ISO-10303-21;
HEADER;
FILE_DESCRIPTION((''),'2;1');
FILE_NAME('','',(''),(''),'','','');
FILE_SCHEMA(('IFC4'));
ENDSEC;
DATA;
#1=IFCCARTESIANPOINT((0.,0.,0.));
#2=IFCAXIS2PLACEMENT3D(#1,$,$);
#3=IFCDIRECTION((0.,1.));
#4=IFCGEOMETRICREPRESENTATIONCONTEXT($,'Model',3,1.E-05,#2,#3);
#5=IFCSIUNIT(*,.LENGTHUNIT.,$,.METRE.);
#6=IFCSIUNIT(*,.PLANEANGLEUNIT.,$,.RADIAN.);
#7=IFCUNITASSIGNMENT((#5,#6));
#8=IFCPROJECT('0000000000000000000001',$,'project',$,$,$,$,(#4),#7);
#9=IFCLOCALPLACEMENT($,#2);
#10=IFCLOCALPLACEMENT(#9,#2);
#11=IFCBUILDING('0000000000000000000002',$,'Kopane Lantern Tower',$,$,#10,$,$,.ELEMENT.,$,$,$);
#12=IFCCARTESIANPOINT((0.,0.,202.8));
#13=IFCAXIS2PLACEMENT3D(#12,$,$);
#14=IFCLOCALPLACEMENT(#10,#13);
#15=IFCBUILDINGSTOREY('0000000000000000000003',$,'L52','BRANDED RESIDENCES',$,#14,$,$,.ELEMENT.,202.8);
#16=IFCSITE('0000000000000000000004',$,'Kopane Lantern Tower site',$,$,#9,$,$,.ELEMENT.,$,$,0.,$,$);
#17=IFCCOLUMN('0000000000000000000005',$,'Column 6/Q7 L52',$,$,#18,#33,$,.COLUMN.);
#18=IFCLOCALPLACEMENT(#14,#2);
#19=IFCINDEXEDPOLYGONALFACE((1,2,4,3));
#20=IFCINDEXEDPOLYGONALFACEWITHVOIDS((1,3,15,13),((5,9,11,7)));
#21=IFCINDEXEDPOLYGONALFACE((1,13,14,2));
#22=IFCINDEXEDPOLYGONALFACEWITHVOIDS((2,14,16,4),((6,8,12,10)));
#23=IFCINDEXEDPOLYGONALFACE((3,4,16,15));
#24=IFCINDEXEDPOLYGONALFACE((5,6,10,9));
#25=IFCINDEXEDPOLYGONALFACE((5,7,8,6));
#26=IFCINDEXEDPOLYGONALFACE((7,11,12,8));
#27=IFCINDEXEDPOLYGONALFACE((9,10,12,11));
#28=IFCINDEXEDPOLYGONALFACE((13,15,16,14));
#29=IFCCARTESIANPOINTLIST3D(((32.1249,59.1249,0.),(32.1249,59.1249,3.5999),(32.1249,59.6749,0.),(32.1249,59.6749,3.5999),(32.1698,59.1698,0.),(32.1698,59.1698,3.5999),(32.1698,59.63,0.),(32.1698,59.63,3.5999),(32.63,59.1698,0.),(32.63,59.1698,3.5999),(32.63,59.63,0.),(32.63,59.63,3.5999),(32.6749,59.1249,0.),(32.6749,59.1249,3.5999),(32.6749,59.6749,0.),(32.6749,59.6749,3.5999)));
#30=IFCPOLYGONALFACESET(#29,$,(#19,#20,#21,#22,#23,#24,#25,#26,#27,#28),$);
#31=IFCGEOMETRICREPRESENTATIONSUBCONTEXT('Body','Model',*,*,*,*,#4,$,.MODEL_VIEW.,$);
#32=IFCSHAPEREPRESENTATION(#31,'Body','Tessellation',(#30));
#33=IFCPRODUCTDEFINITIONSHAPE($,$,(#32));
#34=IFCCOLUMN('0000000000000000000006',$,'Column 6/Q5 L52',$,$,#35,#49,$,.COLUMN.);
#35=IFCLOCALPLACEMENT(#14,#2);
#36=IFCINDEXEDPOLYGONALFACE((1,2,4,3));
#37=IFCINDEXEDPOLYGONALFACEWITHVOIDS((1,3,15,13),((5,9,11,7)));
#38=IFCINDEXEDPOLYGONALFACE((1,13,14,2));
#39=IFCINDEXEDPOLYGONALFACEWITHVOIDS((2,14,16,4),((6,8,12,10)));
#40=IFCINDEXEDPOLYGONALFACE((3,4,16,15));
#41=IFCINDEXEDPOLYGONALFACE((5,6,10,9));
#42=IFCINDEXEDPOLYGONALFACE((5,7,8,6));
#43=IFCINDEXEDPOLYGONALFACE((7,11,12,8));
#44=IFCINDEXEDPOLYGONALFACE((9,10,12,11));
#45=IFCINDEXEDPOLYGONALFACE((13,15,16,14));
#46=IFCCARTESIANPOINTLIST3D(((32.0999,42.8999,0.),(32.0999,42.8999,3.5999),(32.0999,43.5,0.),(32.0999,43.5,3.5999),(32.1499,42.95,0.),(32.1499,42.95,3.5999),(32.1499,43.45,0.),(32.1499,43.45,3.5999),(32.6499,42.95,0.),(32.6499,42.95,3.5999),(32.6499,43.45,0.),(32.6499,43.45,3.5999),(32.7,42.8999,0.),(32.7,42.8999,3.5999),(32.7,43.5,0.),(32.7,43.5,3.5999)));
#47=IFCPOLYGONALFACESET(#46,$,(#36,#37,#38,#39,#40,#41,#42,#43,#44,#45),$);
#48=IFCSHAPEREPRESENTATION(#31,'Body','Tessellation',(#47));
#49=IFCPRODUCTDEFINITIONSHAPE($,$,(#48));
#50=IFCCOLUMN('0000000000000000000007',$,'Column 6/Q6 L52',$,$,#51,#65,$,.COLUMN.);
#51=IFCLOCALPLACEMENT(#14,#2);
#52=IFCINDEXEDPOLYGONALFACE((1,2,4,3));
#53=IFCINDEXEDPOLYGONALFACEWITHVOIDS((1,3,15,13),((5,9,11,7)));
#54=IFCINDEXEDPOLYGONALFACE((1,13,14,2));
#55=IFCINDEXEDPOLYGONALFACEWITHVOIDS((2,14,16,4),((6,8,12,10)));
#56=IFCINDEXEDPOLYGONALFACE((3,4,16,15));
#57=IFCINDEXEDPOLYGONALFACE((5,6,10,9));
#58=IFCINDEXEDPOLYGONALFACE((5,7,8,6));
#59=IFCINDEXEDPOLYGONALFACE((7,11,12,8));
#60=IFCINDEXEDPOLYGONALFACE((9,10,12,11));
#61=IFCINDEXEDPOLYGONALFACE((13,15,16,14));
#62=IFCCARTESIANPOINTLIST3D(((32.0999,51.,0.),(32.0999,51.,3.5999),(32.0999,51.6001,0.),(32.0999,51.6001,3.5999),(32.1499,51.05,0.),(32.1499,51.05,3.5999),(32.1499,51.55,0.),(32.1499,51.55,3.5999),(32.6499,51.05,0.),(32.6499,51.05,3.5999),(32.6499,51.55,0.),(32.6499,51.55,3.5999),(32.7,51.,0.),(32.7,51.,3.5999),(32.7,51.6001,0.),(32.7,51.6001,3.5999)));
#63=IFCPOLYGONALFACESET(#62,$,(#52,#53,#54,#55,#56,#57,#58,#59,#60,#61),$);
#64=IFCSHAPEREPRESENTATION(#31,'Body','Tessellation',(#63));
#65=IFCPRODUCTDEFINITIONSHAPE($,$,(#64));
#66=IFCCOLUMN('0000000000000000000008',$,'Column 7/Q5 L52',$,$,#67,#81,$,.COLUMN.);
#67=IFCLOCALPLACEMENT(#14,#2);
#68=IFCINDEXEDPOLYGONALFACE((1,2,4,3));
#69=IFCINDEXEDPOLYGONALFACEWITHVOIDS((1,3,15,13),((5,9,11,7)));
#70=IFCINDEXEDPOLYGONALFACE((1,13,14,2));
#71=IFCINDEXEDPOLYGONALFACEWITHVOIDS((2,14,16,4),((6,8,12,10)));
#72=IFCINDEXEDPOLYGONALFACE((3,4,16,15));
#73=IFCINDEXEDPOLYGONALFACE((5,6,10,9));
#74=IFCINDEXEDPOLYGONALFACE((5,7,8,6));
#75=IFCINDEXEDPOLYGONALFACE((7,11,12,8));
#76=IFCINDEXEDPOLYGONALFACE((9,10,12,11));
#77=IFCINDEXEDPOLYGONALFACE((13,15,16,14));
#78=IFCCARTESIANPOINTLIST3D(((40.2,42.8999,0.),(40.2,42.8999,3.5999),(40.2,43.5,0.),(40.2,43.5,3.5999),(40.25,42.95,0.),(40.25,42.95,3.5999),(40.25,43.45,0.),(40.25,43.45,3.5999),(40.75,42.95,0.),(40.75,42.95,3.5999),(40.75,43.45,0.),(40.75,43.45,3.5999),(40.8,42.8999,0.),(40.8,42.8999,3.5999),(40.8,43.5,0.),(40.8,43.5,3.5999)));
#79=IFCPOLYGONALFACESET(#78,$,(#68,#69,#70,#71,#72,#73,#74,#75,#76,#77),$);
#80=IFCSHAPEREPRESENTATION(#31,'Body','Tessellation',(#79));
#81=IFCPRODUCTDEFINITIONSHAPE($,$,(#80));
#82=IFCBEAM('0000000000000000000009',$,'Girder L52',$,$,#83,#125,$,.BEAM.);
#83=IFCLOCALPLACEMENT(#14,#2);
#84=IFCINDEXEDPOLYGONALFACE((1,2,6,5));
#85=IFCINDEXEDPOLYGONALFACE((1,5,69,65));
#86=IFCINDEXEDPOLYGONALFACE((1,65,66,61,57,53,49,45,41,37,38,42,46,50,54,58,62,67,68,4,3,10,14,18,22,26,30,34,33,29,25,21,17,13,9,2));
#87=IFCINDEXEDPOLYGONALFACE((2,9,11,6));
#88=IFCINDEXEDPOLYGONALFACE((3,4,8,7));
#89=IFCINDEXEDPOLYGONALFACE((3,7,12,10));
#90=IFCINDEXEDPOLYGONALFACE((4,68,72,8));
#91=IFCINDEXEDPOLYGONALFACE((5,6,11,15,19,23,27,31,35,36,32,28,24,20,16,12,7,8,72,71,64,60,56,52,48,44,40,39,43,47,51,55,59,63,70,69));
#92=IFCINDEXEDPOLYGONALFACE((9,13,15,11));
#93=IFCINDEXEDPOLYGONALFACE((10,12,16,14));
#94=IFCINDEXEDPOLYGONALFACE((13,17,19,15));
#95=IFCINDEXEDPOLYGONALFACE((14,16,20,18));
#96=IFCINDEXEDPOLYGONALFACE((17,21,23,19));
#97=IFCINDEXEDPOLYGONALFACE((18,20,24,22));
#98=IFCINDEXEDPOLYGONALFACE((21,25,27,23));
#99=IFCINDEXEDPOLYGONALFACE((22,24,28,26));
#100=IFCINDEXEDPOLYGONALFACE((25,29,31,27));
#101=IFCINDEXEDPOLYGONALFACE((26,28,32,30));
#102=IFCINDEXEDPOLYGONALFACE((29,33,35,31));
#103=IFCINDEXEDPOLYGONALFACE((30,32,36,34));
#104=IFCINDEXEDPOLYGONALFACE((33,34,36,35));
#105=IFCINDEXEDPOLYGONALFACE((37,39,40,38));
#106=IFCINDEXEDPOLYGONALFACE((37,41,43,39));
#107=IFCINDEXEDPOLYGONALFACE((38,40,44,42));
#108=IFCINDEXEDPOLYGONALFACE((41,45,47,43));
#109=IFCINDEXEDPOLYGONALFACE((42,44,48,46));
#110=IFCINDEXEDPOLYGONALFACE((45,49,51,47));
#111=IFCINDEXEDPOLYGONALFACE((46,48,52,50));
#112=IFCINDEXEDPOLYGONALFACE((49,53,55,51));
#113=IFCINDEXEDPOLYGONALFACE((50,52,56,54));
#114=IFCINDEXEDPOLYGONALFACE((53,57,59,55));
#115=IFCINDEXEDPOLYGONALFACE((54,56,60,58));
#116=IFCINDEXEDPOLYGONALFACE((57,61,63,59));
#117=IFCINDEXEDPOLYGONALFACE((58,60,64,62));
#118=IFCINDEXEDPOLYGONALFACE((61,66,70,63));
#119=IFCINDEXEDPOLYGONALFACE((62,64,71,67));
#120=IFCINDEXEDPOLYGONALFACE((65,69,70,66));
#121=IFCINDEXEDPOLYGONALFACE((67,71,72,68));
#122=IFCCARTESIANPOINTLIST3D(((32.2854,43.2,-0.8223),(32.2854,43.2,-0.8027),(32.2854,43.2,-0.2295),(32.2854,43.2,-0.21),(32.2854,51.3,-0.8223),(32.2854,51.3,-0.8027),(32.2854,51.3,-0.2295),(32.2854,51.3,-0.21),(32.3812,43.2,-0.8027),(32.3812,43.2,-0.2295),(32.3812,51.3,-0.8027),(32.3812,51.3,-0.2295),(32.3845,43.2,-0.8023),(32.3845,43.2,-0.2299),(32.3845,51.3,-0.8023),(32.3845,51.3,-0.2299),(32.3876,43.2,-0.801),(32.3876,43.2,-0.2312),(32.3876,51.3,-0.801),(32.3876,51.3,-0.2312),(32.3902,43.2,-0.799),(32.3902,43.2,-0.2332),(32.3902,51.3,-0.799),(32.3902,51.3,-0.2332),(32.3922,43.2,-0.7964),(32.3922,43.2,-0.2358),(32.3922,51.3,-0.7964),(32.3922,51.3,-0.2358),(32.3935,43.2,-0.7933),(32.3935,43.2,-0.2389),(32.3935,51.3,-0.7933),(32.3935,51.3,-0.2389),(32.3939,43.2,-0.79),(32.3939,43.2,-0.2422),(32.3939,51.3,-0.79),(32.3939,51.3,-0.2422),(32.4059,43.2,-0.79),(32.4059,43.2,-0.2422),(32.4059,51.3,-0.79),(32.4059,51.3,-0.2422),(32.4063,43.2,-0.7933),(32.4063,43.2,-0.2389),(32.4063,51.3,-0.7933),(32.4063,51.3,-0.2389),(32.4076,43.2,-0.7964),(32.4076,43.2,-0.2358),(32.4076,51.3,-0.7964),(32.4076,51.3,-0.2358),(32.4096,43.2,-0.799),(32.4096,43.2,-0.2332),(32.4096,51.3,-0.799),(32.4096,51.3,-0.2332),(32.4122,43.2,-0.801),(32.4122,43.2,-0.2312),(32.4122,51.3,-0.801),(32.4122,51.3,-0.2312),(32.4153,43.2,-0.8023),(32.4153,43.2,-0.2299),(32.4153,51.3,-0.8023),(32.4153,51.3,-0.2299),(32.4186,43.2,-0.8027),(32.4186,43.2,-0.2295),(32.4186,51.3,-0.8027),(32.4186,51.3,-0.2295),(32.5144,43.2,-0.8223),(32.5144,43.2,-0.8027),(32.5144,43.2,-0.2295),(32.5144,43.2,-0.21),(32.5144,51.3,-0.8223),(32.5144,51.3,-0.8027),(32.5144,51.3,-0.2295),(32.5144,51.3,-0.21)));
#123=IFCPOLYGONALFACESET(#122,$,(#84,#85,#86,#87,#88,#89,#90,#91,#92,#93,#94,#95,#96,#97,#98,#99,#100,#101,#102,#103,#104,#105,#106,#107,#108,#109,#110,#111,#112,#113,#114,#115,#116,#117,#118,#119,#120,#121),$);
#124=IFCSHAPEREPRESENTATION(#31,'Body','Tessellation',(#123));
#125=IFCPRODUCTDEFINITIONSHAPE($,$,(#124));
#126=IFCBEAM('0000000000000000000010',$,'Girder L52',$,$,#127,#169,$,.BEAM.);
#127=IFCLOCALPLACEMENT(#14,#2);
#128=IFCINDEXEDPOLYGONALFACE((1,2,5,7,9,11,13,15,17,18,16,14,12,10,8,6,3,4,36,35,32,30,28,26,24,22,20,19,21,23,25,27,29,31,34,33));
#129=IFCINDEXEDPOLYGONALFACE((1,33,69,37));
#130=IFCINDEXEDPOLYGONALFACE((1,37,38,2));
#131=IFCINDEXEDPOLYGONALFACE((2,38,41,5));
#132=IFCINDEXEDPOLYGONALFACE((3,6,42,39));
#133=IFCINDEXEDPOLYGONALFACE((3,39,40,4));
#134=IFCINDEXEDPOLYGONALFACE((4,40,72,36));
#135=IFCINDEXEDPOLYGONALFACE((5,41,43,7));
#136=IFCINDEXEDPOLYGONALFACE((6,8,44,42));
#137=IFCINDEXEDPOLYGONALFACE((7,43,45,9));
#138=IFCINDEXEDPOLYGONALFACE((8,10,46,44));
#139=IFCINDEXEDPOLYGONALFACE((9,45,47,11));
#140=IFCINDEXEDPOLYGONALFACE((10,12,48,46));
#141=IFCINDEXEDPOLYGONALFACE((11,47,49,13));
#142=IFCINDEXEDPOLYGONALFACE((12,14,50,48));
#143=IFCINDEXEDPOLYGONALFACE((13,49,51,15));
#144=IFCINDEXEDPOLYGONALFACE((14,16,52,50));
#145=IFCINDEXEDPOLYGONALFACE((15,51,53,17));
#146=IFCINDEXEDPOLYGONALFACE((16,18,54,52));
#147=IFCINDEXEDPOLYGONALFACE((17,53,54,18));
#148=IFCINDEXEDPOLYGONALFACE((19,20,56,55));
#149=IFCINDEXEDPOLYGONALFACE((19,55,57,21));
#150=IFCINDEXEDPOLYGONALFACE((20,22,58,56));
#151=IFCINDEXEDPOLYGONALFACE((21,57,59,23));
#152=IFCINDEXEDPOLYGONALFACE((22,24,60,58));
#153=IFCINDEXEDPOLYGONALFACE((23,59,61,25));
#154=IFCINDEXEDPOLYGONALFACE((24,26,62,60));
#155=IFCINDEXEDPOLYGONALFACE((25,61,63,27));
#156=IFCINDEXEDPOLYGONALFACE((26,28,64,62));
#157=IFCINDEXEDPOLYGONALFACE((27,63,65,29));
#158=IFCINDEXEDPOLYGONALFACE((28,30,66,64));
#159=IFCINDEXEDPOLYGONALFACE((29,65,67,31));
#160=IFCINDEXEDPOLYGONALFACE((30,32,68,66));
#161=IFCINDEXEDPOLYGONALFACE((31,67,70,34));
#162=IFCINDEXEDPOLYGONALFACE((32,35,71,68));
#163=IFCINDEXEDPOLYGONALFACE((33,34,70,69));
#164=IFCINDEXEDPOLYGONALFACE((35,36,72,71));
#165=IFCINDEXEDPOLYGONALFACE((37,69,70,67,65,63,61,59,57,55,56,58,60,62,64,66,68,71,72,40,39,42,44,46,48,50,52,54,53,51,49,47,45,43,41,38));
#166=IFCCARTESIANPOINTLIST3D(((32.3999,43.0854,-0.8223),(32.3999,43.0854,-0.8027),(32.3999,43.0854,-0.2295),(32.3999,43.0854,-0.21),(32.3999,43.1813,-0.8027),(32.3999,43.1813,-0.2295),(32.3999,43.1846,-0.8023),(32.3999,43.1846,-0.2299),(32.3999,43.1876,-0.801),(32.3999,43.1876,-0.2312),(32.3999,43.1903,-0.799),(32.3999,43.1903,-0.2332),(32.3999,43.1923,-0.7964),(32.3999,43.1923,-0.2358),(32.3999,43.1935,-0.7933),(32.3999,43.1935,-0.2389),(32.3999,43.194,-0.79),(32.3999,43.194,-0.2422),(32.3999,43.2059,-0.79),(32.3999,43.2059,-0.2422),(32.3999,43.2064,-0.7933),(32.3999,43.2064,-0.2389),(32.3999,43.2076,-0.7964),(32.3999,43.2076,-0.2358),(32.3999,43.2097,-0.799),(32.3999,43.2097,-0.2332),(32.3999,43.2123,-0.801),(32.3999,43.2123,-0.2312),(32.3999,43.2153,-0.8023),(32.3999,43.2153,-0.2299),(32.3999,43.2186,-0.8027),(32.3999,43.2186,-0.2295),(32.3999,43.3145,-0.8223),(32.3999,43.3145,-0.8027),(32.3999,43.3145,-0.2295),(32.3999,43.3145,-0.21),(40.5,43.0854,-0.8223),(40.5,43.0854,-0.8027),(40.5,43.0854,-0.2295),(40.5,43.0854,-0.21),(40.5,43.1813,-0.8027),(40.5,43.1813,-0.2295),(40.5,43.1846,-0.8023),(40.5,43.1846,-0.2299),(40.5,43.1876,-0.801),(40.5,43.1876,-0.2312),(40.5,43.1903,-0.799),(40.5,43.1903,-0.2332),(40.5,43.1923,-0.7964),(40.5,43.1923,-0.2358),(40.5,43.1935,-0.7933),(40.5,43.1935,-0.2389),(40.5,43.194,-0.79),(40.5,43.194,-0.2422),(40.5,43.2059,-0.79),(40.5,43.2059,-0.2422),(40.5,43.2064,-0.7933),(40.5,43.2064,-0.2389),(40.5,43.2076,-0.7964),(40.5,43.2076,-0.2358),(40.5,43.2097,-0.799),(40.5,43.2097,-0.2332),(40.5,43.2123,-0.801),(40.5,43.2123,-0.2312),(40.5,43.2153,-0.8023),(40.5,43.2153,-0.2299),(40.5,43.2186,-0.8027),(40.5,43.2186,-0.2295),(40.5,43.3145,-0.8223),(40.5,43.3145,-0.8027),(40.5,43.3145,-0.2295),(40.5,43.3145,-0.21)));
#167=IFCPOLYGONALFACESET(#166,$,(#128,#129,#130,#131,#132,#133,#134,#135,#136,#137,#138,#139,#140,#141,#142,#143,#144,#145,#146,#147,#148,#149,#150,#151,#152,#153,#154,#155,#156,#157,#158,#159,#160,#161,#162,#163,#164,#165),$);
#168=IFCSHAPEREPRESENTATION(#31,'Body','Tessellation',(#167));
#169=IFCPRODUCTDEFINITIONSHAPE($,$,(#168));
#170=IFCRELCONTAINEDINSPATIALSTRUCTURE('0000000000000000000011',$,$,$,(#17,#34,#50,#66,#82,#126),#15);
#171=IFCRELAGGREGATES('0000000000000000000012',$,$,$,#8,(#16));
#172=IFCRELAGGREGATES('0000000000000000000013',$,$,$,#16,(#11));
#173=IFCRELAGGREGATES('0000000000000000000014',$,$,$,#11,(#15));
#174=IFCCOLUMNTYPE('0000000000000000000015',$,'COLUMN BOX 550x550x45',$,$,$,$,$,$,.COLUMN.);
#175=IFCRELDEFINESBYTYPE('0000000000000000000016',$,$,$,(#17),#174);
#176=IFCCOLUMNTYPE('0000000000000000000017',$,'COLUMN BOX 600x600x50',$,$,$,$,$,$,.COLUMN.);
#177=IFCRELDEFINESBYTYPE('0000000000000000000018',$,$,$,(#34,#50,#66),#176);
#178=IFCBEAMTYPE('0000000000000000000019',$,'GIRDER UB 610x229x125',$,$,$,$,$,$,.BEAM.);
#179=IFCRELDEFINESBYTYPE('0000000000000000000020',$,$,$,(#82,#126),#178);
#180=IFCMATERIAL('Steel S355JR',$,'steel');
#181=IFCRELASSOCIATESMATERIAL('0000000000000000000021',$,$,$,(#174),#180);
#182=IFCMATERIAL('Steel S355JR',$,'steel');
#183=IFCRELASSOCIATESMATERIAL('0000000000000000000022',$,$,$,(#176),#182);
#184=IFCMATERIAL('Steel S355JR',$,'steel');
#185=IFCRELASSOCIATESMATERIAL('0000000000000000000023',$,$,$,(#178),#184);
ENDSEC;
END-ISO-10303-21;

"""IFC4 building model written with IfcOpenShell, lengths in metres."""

from ifc_helpers import new_model, si_unit, direction, frame, origin, origin_2d, place, context, subcontext, project, spatial, hollow_rectangle, i_section, extrude, material, material_profile, profile_set, type_object, element, save


model = new_model("IFC4")

# Units and contexts
model_context = context("Model", 3, precision=1e-05, world=origin(), true_north=direction((0.0, 1.0)))
body_context = subcontext(model_context, "Body", "Model", "MODEL_VIEW")
ifc_project = project(units=[si_unit("LENGTHUNIT", "METRE"), si_unit("PLANEANGLEUNIT", "RADIAN")], contexts=[model_context])

# Site, building, storey
site_placement = place(None, origin())
site = spatial("IfcSite", under=ifc_project, at=site_placement, Name="Kopane Lantern Tower site", CompositionType="ELEMENT", RefElevation=0.0)
building_placement = place(site_placement, origin())
building = spatial("IfcBuilding", under=site, at=building_placement, Name="Kopane Lantern Tower", CompositionType="ELEMENT")
storey_placement = place(building_placement, frame((0.0, 0.0, 202.8)))
storey = spatial("IfcBuildingStorey", under=building, at=storey_placement, Name="L52", Description="BRANDED RESIDENCES", CompositionType="ELEMENT", Elevation=202.8)

# Columns
ifc_material_1 = material(Name="Steel S355JR", Category="steel")
ifc_material_profile_1 = material_profile(ifc_material_1, hollow_rectangle(XDim=0.55, YDim=0.55, WallThickness=0.0449, at=origin_2d()), Name="BOX 550x550x45")
ifc_profile_set_1 = profile_set([ifc_material_profile_1], Name="Steel S355JR")
column_type_1 = type_object("IfcColumnType", Name="COLUMN BOX 550x550x45", PredefinedType="COLUMN", material=ifc_profile_set_1)
column_placement = place(storey_placement, frame((32.3999, 59.3999, 0.0), z_axis=(0.0, 0.0, 1.0), x_axis=(1.0, 0.0, 0.0)))
element("IfcColumn", 1, at=column_placement, inside=storey, type_object=column_type_1, Name="Column 6/Q7 L52", PredefinedType="COLUMN", context=body_context, shape_type="SweptSolid", body=[
    extrude(hollow_rectangle(XDim=0.55, YDim=0.55, WallThickness=0.0449, at=origin_2d()), origin(), (0.0, 0.0, 1.0), 3.5999),
])
ifc_material_2 = material(Name="Steel S355JR", Category="steel")
ifc_material_profile_2 = material_profile(ifc_material_2, hollow_rectangle(XDim=0.6001, YDim=0.6001, WallThickness=0.05, at=origin_2d()), Name="BOX 600x600x50")
ifc_profile_set_2 = profile_set([ifc_material_profile_2], Name="Steel S355JR")
column_type_2 = type_object("IfcColumnType", Name="COLUMN BOX 600x600x50", PredefinedType="COLUMN", material=ifc_profile_set_2)
for number, where, z_axis, x_axis, name in (
    (2, (32.3999, 43.2, 0.0), (0.0, 0.0, 1.0), (1.0, 0.0, 0.0), "Column 6/Q5 L52"),
    (3, (32.3999, 51.3, 0.0), (0.0, 0.0, 1.0), (1.0, 0.0, 0.0), "Column 6/Q6 L52"),
    (4, (40.5, 43.2, 0.0), (0.0, 0.0, 1.0), (1.0, 0.0, 0.0), "Column 7/Q5 L52"),
):
    element("IfcColumn", number, at=place(storey_placement, frame(where, z_axis=z_axis, x_axis=x_axis)), inside=storey, type_object=column_type_2, Name=name, PredefinedType="COLUMN", context=body_context, shape_type="SweptSolid", body=[
        extrude(hollow_rectangle(XDim=0.6001, YDim=0.6001, WallThickness=0.05, at=origin_2d()), origin(), (0.0, 0.0, 1.0), 3.5999),
    ])

# Beams
ifc_material_3 = material(Name="Steel S355JR", Category="steel")
ifc_material_profile_3 = material_profile(ifc_material_3, i_section(OverallWidth=0.229, OverallDepth=0.6123, WebThickness=0.012, FlangeThickness=0.0195, FilletRadius=0.0127, at=origin_2d()), Name="UB 610x229x125")
ifc_profile_set_3 = profile_set([ifc_material_profile_3], Name="Steel S355JR")
beam_type = type_object("IfcBeamType", Name="GIRDER UB 610x229x125", PredefinedType="BEAM", material=ifc_profile_set_3)
for number, where, z_axis, x_axis, name in (
    (5, (32.3999, 43.2, -0.5161), (0.0, 1.0, 0.0), (-1.0, 0.0, 0.0), "Girder L52"),
    (6, (32.3999, 43.2, -0.5161), (1.0, 0.0, 0.0), (0.0, 1.0, 0.0), "Girder L52"),
):
    element("IfcBeam", number, at=place(storey_placement, frame(where, z_axis=z_axis, x_axis=x_axis)), inside=storey, type_object=beam_type, Name=name, PredefinedType="BEAM", context=body_context, shape_type="SweptSolid", body=[
        extrude(i_section(OverallWidth=0.229, OverallDepth=0.6123, WebThickness=0.012, FlangeThickness=0.0195, FilletRadius=0.0127, at=origin_2d()), origin(), (0.0, 0.0, 1.0), 8.1001),
    ])

save(model, "model.ifc")
